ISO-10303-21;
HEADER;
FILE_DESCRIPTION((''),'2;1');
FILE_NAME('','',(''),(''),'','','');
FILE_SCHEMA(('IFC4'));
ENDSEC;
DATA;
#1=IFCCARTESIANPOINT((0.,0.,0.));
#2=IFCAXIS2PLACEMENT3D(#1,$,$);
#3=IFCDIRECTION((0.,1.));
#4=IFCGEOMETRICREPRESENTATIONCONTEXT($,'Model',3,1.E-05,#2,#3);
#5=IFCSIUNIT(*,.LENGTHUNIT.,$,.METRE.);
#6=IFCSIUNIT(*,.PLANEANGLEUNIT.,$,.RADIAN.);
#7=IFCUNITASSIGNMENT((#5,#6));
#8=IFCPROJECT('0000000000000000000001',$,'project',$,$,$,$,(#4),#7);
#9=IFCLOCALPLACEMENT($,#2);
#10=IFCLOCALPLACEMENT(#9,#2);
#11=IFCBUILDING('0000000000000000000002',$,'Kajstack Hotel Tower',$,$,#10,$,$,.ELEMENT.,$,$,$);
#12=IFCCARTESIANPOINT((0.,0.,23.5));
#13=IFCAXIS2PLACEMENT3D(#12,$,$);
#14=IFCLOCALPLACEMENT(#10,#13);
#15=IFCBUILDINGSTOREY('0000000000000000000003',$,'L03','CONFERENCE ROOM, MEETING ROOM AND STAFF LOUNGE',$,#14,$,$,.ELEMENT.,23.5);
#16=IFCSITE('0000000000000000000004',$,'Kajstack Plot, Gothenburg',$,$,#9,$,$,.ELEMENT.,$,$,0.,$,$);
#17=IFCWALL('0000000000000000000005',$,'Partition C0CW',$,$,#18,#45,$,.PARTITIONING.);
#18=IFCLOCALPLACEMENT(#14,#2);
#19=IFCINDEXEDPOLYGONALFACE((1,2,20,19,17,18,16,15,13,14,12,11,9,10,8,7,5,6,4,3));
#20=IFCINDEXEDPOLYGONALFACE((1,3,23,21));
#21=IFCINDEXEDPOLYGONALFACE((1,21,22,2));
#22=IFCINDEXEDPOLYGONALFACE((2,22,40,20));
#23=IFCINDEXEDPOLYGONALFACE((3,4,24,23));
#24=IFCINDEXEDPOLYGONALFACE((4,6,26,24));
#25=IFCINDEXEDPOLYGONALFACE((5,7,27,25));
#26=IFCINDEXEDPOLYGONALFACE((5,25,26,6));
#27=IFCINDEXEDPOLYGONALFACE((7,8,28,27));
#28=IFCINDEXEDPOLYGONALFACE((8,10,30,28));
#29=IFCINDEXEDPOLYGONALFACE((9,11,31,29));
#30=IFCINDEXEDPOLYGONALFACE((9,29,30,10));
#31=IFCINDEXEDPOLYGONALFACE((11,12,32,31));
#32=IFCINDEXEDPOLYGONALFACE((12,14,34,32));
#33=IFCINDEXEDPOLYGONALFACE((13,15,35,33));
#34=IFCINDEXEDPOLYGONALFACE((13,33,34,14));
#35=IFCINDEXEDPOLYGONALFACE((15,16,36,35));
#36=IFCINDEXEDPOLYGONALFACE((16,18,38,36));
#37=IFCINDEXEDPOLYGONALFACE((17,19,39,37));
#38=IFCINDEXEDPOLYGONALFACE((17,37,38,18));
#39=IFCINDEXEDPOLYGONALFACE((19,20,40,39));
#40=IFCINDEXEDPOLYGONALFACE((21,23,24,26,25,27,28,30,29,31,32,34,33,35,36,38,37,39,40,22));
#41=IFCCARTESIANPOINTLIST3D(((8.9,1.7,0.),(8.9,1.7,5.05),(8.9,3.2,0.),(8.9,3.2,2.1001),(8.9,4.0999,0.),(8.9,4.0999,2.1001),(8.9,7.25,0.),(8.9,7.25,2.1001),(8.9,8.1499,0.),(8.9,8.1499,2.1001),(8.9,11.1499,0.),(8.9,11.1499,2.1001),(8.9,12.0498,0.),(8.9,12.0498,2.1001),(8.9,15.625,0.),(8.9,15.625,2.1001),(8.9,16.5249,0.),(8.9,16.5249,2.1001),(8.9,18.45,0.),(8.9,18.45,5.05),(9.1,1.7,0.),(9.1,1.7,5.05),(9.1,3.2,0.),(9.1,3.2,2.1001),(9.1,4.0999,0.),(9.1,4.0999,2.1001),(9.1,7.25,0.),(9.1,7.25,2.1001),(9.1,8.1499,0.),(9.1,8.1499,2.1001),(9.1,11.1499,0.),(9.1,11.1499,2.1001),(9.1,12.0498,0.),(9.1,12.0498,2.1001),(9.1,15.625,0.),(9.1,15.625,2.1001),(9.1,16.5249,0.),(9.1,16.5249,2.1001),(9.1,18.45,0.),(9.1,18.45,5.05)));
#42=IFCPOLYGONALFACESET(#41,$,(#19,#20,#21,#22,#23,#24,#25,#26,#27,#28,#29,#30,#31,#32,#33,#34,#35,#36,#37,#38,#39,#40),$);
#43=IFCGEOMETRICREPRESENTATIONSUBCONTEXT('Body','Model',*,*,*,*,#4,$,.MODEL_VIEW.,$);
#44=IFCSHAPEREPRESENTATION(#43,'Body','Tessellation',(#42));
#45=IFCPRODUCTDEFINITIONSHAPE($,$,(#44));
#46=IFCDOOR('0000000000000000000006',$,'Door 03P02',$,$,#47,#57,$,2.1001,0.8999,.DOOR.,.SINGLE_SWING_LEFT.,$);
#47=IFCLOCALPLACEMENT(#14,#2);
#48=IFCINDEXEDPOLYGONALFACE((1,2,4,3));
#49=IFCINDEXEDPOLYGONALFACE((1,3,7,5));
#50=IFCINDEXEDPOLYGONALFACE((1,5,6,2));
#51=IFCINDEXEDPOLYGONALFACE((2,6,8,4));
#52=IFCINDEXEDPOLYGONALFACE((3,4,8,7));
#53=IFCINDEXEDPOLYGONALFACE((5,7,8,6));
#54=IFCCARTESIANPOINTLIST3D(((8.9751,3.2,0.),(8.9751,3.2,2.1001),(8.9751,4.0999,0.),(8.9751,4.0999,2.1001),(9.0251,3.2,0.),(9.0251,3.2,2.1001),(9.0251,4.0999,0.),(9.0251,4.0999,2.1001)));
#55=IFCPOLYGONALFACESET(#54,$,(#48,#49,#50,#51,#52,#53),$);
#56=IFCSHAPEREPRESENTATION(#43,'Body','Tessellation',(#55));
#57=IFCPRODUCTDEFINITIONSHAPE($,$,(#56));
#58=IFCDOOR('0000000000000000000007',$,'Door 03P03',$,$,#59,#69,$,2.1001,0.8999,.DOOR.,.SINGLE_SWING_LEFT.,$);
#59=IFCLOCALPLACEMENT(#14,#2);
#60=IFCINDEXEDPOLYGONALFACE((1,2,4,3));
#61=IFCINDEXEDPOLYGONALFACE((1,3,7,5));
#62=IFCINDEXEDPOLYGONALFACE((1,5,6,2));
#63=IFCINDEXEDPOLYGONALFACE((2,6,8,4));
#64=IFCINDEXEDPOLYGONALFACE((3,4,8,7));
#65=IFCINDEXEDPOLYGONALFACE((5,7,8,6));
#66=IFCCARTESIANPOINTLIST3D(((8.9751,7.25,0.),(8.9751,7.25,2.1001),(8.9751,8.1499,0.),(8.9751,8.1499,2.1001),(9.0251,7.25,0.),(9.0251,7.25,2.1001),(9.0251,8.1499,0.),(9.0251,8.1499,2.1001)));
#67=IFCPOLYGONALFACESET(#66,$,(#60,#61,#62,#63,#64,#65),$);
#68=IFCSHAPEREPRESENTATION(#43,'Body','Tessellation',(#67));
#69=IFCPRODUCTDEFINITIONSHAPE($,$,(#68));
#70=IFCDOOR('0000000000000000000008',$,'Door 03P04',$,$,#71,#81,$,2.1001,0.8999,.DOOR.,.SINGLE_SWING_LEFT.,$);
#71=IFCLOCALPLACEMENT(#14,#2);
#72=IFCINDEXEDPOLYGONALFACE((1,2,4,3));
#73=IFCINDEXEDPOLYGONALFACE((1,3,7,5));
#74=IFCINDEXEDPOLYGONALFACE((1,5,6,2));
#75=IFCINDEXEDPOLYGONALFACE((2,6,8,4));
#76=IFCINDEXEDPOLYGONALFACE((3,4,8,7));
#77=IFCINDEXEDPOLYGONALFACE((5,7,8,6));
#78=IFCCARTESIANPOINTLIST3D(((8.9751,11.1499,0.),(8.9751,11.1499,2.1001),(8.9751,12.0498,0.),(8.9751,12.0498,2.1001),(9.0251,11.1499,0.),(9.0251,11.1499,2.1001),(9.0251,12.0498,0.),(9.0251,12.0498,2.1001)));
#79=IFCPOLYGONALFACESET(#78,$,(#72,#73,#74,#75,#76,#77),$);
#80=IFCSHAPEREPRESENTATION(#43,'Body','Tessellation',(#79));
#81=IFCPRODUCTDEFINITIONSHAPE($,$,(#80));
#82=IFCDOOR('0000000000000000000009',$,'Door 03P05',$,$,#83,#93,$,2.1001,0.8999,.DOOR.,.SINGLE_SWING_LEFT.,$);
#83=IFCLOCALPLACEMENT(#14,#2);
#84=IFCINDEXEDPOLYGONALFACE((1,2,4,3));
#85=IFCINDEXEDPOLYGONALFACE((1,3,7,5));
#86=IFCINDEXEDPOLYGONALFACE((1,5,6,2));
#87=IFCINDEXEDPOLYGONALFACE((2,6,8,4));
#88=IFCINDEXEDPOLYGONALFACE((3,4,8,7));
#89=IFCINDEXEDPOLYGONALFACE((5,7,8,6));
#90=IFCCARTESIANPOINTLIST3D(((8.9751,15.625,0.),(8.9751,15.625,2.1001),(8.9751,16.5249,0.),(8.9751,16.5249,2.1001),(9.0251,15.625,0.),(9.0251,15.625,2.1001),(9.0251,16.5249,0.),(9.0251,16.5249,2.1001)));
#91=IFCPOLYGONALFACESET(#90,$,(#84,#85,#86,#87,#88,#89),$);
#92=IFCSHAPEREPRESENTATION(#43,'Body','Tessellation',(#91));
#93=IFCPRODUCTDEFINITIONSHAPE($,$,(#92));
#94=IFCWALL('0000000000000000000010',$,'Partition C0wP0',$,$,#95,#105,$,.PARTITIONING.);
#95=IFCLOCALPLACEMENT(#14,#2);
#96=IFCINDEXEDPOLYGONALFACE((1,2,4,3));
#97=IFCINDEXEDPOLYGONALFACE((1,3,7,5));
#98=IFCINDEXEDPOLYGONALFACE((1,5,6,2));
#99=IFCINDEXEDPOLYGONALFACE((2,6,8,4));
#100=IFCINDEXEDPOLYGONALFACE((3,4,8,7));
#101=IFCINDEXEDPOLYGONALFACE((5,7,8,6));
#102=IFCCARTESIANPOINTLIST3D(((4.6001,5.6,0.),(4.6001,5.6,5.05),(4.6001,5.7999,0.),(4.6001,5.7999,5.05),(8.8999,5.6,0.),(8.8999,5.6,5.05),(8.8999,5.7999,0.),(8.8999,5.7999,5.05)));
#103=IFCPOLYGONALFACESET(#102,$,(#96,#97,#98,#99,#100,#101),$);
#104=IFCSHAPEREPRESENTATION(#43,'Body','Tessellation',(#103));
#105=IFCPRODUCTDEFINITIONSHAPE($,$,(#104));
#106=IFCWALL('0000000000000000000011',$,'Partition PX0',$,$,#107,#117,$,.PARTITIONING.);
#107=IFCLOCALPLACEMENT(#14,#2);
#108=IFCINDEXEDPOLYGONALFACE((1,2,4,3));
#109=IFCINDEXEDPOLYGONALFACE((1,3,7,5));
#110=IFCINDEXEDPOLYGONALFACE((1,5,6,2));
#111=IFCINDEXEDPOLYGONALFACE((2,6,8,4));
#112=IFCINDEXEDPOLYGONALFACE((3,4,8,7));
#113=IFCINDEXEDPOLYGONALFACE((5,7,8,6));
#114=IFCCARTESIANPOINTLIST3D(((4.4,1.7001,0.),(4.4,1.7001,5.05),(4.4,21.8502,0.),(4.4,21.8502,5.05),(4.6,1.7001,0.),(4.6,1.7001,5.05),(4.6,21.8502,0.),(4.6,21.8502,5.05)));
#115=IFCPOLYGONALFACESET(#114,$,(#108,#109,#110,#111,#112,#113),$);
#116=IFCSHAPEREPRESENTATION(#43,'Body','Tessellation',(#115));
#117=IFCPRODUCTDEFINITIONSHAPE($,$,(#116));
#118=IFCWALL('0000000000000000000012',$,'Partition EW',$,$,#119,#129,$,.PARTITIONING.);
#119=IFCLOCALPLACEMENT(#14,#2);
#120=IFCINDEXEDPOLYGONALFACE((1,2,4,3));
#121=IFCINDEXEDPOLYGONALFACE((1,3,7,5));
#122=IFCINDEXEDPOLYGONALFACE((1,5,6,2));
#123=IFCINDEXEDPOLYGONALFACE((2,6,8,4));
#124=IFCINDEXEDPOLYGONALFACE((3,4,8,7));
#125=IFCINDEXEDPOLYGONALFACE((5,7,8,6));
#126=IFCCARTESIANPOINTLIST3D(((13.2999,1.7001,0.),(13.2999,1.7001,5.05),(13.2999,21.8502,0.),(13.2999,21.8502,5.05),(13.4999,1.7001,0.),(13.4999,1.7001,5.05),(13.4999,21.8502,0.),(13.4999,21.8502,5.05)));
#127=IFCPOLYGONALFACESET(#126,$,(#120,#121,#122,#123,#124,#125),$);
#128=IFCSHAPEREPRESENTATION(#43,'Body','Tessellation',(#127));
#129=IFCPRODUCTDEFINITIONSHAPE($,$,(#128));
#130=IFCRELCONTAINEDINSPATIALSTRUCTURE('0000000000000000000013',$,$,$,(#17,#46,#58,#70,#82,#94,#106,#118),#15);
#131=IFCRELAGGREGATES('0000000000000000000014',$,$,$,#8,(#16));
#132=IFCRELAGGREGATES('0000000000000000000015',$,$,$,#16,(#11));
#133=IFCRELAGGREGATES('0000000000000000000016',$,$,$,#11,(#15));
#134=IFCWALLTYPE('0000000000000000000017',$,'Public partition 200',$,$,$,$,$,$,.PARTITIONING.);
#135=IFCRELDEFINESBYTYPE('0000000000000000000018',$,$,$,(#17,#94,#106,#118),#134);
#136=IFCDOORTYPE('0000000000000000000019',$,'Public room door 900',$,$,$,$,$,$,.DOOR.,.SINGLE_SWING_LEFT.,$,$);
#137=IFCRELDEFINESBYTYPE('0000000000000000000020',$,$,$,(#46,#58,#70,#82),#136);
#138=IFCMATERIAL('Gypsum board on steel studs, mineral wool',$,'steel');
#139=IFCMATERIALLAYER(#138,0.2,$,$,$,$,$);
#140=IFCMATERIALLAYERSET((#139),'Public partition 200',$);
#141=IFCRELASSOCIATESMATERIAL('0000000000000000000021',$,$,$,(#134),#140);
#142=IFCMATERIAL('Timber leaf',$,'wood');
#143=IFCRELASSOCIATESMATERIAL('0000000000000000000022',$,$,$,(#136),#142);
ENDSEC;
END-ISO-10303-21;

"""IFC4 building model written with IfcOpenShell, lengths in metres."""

from ifc_helpers import new_model, si_unit, direction, frame, frame_2d, origin, place, context, subcontext, project, spatial, rectangle, extrude, material, layer, layer_set, type_object, element, fill, save


model = new_model("IFC4")

# Units and contexts
model_context = context("Model", 3, precision=1e-05, world=origin(), true_north=direction((0.0, 1.0)))
body_context = subcontext(model_context, "Body", "Model", "MODEL_VIEW")
ifc_project = project(units=[si_unit("LENGTHUNIT", "METRE"), si_unit("PLANEANGLEUNIT", "RADIAN")], contexts=[model_context])

# Site, building, storey
site_placement = place(None, origin())
site = spatial("IfcSite", under=ifc_project, at=site_placement, Name="Kajstack Plot, Gothenburg", CompositionType="ELEMENT", RefElevation=0.0)
building_placement = place(site_placement, origin())
building = spatial("IfcBuilding", under=site, at=building_placement, Name="Kajstack Hotel Tower", CompositionType="ELEMENT")
storey_placement = place(building_placement, frame((0.0, 0.0, 23.5)))
storey = spatial("IfcBuildingStorey", under=building, at=storey_placement, Name="L03", Description="CONFERENCE ROOM, MEETING ROOM AND STAFF LOUNGE", CompositionType="ELEMENT", Elevation=23.5)

# Wall, openings, doors
ifc_material_1 = material(Name="Gypsum board on steel studs, mineral wool", Category="steel")
ifc_layer_1 = layer(ifc_material_1, 0.2)
ifc_layer_set_1 = layer_set([ifc_layer_1], Name="Public partition 200")
wall_type_1 = type_object("IfcWallType", Name="Public partition 200", PredefinedType="PARTITIONING", material=ifc_layer_set_1)
wall_1_placement = place(storey_placement, frame((9.0, 1.7, 0.0), z_axis=(0.0, 0.0, 1.0), x_axis=(0.0, 1.0, 0.0)))
wall_1 = element("IfcWall", 1, at=wall_1_placement, inside=storey, type_object=wall_type_1, Name="Partition C0CW", PredefinedType="PARTITIONING", context=body_context, shape_type="SweptSolid", body=[
    extrude(rectangle(XDim=16.75, YDim=0.2, at=frame_2d((8.375, 0.0))), origin(), (0.0, 0.0, 1.0), 5.05),
])
opening_1_placement = place(wall_1_placement, frame((1.5, 0.0, 0.0)))
opening_1 = element("IfcOpeningElement", 2, at=opening_1_placement, cuts=wall_1, PredefinedType="OPENING", context=body_context, shape_type="SweptSolid", body=[
    extrude(rectangle(XDim=0.8999, YDim=2.1001, at=frame_2d((0.45, 1.05))), frame((0.0, 0.1099, 0.0), z_axis=(0.0, -1.0, 0.0), x_axis=(1.0, 0.0, 0.0)), (0.0, 0.0, 1.0), 0.22),
])
opening_2_placement = place(wall_1_placement, frame((5.55, 0.0, 0.0)))
opening_2 = element("IfcOpeningElement", 3, at=opening_2_placement, cuts=wall_1, PredefinedType="OPENING", context=body_context, shape_type="SweptSolid", body=[
    extrude(rectangle(XDim=0.8999, YDim=2.1001, at=frame_2d((0.45, 1.05))), frame((0.0, 0.1099, 0.0), z_axis=(0.0, -1.0, 0.0), x_axis=(1.0, 0.0, 0.0)), (0.0, 0.0, 1.0), 0.22),
])
opening_3_placement = place(wall_1_placement, frame((9.45, 0.0, 0.0)))
opening_3 = element("IfcOpeningElement", 4, at=opening_3_placement, cuts=wall_1, PredefinedType="OPENING", context=body_context, shape_type="SweptSolid", body=[
    extrude(rectangle(XDim=0.8999, YDim=2.1001, at=frame_2d((0.45, 1.05))), frame((0.0, 0.1099, 0.0), z_axis=(0.0, -1.0, 0.0), x_axis=(1.0, 0.0, 0.0)), (0.0, 0.0, 1.0), 0.22),
])
opening_4_placement = place(wall_1_placement, frame((13.925, 0.0, 0.0)))
opening_4 = element("IfcOpeningElement", 5, at=opening_4_placement, cuts=wall_1, PredefinedType="OPENING", context=body_context, shape_type="SweptSolid", body=[
    extrude(rectangle(XDim=0.8999, YDim=2.1001, at=frame_2d((0.45, 1.05))), frame((0.0, 0.1099, 0.0), z_axis=(0.0, -1.0, 0.0), x_axis=(1.0, 0.0, 0.0)), (0.0, 0.0, 1.0), 0.22),
])
ifc_material_2 = material(Name="Timber leaf", Category="wood")
door_type_1 = type_object("IfcDoorType", Name="Public room door 900", OperationType="SINGLE_SWING_LEFT", PredefinedType="DOOR", material=ifc_material_2)
door_1_placement = place(opening_1_placement, origin())
door_1 = element("IfcDoor", 6, at=door_1_placement, inside=storey, type_object=door_type_1, Name="Door 03P02", OperationType="SINGLE_SWING_LEFT", OverallHeight=2.1001, OverallWidth=0.8999, PredefinedType="DOOR", context=body_context, shape_type="SweptSolid", body=[
    extrude(rectangle(XDim=0.8999, YDim=2.1001, at=frame_2d((0.45, 1.05))), frame((0.0, 0.0249, 0.0), z_axis=(0.0, -1.0, 0.0), x_axis=(1.0, 0.0, 0.0)), (0.0, 0.0, 1.0), 0.05),
])
fill(opening_1, door_1)
door_2_placement = place(opening_2_placement, origin())
door_2 = element("IfcDoor", 7, at=door_2_placement, inside=storey, type_object=door_type_1, Name="Door 03P03", OperationType="SINGLE_SWING_LEFT", OverallHeight=2.1001, OverallWidth=0.8999, PredefinedType="DOOR", context=body_context, shape_type="SweptSolid", body=[
    extrude(rectangle(XDim=0.8999, YDim=2.1001, at=frame_2d((0.45, 1.05))), frame((0.0, 0.0249, 0.0), z_axis=(0.0, -1.0, 0.0), x_axis=(1.0, 0.0, 0.0)), (0.0, 0.0, 1.0), 0.05),
])
fill(opening_2, door_2)
door_3_placement = place(opening_3_placement, origin())
door_3 = element("IfcDoor", 8, at=door_3_placement, inside=storey, type_object=door_type_1, Name="Door 03P04", OperationType="SINGLE_SWING_LEFT", OverallHeight=2.1001, OverallWidth=0.8999, PredefinedType="DOOR", context=body_context, shape_type="SweptSolid", body=[
    extrude(rectangle(XDim=0.8999, YDim=2.1001, at=frame_2d((0.45, 1.05))), frame((0.0, 0.0249, 0.0), z_axis=(0.0, -1.0, 0.0), x_axis=(1.0, 0.0, 0.0)), (0.0, 0.0, 1.0), 0.05),
])
fill(opening_3, door_3)
door_4_placement = place(opening_4_placement, origin())
door_4 = element("IfcDoor", 9, at=door_4_placement, inside=storey, type_object=door_type_1, Name="Door 03P05", OperationType="SINGLE_SWING_LEFT", OverallHeight=2.1001, OverallWidth=0.8999, PredefinedType="DOOR", context=body_context, shape_type="SweptSolid", body=[
    extrude(rectangle(XDim=0.8999, YDim=2.1001, at=frame_2d((0.45, 1.05))), frame((0.0, 0.0249, 0.0), z_axis=(0.0, -1.0, 0.0), x_axis=(1.0, 0.0, 0.0)), (0.0, 0.0, 1.0), 0.05),
])
fill(opening_4, door_4)

# Walls
wall_2_placement = place(storey_placement, frame((4.6001, 5.7, 0.0), z_axis=(0.0, 0.0, 1.0), x_axis=(1.0, 0.0, 0.0)))
element("IfcWall", 10, at=wall_2_placement, inside=storey, type_object=wall_type_1, Name="Partition C0wP0", PredefinedType="PARTITIONING", context=body_context, shape_type="SweptSolid", body=[
    extrude(rectangle(XDim=4.2998, YDim=0.2, at=frame_2d((2.1499, 0.0))), origin(), (0.0, 0.0, 1.0), 5.05),
])
for number, where, z_axis, x_axis, name in (
    (11, (4.5, 1.7, 0.0), (0.0, 0.0, 1.0), (0.0, 1.0, 0.0), "Partition PX0"),
    (12, (13.3999, 1.7, 0.0), (0.0, 0.0, 1.0), (0.0, 1.0, 0.0), "Partition EW"),
):
    element("IfcWall", number, at=place(storey_placement, frame(where, z_axis=z_axis, x_axis=x_axis)), inside=storey, type_object=wall_type_1, Name=name, PredefinedType="PARTITIONING", context=body_context, shape_type="SweptSolid", body=[
        extrude(rectangle(XDim=20.1501, YDim=0.2, at=frame_2d((10.0752, 0.0))), origin(), (0.0, 0.0, 1.0), 5.05),
    ])

save(model, "model.ifc")
